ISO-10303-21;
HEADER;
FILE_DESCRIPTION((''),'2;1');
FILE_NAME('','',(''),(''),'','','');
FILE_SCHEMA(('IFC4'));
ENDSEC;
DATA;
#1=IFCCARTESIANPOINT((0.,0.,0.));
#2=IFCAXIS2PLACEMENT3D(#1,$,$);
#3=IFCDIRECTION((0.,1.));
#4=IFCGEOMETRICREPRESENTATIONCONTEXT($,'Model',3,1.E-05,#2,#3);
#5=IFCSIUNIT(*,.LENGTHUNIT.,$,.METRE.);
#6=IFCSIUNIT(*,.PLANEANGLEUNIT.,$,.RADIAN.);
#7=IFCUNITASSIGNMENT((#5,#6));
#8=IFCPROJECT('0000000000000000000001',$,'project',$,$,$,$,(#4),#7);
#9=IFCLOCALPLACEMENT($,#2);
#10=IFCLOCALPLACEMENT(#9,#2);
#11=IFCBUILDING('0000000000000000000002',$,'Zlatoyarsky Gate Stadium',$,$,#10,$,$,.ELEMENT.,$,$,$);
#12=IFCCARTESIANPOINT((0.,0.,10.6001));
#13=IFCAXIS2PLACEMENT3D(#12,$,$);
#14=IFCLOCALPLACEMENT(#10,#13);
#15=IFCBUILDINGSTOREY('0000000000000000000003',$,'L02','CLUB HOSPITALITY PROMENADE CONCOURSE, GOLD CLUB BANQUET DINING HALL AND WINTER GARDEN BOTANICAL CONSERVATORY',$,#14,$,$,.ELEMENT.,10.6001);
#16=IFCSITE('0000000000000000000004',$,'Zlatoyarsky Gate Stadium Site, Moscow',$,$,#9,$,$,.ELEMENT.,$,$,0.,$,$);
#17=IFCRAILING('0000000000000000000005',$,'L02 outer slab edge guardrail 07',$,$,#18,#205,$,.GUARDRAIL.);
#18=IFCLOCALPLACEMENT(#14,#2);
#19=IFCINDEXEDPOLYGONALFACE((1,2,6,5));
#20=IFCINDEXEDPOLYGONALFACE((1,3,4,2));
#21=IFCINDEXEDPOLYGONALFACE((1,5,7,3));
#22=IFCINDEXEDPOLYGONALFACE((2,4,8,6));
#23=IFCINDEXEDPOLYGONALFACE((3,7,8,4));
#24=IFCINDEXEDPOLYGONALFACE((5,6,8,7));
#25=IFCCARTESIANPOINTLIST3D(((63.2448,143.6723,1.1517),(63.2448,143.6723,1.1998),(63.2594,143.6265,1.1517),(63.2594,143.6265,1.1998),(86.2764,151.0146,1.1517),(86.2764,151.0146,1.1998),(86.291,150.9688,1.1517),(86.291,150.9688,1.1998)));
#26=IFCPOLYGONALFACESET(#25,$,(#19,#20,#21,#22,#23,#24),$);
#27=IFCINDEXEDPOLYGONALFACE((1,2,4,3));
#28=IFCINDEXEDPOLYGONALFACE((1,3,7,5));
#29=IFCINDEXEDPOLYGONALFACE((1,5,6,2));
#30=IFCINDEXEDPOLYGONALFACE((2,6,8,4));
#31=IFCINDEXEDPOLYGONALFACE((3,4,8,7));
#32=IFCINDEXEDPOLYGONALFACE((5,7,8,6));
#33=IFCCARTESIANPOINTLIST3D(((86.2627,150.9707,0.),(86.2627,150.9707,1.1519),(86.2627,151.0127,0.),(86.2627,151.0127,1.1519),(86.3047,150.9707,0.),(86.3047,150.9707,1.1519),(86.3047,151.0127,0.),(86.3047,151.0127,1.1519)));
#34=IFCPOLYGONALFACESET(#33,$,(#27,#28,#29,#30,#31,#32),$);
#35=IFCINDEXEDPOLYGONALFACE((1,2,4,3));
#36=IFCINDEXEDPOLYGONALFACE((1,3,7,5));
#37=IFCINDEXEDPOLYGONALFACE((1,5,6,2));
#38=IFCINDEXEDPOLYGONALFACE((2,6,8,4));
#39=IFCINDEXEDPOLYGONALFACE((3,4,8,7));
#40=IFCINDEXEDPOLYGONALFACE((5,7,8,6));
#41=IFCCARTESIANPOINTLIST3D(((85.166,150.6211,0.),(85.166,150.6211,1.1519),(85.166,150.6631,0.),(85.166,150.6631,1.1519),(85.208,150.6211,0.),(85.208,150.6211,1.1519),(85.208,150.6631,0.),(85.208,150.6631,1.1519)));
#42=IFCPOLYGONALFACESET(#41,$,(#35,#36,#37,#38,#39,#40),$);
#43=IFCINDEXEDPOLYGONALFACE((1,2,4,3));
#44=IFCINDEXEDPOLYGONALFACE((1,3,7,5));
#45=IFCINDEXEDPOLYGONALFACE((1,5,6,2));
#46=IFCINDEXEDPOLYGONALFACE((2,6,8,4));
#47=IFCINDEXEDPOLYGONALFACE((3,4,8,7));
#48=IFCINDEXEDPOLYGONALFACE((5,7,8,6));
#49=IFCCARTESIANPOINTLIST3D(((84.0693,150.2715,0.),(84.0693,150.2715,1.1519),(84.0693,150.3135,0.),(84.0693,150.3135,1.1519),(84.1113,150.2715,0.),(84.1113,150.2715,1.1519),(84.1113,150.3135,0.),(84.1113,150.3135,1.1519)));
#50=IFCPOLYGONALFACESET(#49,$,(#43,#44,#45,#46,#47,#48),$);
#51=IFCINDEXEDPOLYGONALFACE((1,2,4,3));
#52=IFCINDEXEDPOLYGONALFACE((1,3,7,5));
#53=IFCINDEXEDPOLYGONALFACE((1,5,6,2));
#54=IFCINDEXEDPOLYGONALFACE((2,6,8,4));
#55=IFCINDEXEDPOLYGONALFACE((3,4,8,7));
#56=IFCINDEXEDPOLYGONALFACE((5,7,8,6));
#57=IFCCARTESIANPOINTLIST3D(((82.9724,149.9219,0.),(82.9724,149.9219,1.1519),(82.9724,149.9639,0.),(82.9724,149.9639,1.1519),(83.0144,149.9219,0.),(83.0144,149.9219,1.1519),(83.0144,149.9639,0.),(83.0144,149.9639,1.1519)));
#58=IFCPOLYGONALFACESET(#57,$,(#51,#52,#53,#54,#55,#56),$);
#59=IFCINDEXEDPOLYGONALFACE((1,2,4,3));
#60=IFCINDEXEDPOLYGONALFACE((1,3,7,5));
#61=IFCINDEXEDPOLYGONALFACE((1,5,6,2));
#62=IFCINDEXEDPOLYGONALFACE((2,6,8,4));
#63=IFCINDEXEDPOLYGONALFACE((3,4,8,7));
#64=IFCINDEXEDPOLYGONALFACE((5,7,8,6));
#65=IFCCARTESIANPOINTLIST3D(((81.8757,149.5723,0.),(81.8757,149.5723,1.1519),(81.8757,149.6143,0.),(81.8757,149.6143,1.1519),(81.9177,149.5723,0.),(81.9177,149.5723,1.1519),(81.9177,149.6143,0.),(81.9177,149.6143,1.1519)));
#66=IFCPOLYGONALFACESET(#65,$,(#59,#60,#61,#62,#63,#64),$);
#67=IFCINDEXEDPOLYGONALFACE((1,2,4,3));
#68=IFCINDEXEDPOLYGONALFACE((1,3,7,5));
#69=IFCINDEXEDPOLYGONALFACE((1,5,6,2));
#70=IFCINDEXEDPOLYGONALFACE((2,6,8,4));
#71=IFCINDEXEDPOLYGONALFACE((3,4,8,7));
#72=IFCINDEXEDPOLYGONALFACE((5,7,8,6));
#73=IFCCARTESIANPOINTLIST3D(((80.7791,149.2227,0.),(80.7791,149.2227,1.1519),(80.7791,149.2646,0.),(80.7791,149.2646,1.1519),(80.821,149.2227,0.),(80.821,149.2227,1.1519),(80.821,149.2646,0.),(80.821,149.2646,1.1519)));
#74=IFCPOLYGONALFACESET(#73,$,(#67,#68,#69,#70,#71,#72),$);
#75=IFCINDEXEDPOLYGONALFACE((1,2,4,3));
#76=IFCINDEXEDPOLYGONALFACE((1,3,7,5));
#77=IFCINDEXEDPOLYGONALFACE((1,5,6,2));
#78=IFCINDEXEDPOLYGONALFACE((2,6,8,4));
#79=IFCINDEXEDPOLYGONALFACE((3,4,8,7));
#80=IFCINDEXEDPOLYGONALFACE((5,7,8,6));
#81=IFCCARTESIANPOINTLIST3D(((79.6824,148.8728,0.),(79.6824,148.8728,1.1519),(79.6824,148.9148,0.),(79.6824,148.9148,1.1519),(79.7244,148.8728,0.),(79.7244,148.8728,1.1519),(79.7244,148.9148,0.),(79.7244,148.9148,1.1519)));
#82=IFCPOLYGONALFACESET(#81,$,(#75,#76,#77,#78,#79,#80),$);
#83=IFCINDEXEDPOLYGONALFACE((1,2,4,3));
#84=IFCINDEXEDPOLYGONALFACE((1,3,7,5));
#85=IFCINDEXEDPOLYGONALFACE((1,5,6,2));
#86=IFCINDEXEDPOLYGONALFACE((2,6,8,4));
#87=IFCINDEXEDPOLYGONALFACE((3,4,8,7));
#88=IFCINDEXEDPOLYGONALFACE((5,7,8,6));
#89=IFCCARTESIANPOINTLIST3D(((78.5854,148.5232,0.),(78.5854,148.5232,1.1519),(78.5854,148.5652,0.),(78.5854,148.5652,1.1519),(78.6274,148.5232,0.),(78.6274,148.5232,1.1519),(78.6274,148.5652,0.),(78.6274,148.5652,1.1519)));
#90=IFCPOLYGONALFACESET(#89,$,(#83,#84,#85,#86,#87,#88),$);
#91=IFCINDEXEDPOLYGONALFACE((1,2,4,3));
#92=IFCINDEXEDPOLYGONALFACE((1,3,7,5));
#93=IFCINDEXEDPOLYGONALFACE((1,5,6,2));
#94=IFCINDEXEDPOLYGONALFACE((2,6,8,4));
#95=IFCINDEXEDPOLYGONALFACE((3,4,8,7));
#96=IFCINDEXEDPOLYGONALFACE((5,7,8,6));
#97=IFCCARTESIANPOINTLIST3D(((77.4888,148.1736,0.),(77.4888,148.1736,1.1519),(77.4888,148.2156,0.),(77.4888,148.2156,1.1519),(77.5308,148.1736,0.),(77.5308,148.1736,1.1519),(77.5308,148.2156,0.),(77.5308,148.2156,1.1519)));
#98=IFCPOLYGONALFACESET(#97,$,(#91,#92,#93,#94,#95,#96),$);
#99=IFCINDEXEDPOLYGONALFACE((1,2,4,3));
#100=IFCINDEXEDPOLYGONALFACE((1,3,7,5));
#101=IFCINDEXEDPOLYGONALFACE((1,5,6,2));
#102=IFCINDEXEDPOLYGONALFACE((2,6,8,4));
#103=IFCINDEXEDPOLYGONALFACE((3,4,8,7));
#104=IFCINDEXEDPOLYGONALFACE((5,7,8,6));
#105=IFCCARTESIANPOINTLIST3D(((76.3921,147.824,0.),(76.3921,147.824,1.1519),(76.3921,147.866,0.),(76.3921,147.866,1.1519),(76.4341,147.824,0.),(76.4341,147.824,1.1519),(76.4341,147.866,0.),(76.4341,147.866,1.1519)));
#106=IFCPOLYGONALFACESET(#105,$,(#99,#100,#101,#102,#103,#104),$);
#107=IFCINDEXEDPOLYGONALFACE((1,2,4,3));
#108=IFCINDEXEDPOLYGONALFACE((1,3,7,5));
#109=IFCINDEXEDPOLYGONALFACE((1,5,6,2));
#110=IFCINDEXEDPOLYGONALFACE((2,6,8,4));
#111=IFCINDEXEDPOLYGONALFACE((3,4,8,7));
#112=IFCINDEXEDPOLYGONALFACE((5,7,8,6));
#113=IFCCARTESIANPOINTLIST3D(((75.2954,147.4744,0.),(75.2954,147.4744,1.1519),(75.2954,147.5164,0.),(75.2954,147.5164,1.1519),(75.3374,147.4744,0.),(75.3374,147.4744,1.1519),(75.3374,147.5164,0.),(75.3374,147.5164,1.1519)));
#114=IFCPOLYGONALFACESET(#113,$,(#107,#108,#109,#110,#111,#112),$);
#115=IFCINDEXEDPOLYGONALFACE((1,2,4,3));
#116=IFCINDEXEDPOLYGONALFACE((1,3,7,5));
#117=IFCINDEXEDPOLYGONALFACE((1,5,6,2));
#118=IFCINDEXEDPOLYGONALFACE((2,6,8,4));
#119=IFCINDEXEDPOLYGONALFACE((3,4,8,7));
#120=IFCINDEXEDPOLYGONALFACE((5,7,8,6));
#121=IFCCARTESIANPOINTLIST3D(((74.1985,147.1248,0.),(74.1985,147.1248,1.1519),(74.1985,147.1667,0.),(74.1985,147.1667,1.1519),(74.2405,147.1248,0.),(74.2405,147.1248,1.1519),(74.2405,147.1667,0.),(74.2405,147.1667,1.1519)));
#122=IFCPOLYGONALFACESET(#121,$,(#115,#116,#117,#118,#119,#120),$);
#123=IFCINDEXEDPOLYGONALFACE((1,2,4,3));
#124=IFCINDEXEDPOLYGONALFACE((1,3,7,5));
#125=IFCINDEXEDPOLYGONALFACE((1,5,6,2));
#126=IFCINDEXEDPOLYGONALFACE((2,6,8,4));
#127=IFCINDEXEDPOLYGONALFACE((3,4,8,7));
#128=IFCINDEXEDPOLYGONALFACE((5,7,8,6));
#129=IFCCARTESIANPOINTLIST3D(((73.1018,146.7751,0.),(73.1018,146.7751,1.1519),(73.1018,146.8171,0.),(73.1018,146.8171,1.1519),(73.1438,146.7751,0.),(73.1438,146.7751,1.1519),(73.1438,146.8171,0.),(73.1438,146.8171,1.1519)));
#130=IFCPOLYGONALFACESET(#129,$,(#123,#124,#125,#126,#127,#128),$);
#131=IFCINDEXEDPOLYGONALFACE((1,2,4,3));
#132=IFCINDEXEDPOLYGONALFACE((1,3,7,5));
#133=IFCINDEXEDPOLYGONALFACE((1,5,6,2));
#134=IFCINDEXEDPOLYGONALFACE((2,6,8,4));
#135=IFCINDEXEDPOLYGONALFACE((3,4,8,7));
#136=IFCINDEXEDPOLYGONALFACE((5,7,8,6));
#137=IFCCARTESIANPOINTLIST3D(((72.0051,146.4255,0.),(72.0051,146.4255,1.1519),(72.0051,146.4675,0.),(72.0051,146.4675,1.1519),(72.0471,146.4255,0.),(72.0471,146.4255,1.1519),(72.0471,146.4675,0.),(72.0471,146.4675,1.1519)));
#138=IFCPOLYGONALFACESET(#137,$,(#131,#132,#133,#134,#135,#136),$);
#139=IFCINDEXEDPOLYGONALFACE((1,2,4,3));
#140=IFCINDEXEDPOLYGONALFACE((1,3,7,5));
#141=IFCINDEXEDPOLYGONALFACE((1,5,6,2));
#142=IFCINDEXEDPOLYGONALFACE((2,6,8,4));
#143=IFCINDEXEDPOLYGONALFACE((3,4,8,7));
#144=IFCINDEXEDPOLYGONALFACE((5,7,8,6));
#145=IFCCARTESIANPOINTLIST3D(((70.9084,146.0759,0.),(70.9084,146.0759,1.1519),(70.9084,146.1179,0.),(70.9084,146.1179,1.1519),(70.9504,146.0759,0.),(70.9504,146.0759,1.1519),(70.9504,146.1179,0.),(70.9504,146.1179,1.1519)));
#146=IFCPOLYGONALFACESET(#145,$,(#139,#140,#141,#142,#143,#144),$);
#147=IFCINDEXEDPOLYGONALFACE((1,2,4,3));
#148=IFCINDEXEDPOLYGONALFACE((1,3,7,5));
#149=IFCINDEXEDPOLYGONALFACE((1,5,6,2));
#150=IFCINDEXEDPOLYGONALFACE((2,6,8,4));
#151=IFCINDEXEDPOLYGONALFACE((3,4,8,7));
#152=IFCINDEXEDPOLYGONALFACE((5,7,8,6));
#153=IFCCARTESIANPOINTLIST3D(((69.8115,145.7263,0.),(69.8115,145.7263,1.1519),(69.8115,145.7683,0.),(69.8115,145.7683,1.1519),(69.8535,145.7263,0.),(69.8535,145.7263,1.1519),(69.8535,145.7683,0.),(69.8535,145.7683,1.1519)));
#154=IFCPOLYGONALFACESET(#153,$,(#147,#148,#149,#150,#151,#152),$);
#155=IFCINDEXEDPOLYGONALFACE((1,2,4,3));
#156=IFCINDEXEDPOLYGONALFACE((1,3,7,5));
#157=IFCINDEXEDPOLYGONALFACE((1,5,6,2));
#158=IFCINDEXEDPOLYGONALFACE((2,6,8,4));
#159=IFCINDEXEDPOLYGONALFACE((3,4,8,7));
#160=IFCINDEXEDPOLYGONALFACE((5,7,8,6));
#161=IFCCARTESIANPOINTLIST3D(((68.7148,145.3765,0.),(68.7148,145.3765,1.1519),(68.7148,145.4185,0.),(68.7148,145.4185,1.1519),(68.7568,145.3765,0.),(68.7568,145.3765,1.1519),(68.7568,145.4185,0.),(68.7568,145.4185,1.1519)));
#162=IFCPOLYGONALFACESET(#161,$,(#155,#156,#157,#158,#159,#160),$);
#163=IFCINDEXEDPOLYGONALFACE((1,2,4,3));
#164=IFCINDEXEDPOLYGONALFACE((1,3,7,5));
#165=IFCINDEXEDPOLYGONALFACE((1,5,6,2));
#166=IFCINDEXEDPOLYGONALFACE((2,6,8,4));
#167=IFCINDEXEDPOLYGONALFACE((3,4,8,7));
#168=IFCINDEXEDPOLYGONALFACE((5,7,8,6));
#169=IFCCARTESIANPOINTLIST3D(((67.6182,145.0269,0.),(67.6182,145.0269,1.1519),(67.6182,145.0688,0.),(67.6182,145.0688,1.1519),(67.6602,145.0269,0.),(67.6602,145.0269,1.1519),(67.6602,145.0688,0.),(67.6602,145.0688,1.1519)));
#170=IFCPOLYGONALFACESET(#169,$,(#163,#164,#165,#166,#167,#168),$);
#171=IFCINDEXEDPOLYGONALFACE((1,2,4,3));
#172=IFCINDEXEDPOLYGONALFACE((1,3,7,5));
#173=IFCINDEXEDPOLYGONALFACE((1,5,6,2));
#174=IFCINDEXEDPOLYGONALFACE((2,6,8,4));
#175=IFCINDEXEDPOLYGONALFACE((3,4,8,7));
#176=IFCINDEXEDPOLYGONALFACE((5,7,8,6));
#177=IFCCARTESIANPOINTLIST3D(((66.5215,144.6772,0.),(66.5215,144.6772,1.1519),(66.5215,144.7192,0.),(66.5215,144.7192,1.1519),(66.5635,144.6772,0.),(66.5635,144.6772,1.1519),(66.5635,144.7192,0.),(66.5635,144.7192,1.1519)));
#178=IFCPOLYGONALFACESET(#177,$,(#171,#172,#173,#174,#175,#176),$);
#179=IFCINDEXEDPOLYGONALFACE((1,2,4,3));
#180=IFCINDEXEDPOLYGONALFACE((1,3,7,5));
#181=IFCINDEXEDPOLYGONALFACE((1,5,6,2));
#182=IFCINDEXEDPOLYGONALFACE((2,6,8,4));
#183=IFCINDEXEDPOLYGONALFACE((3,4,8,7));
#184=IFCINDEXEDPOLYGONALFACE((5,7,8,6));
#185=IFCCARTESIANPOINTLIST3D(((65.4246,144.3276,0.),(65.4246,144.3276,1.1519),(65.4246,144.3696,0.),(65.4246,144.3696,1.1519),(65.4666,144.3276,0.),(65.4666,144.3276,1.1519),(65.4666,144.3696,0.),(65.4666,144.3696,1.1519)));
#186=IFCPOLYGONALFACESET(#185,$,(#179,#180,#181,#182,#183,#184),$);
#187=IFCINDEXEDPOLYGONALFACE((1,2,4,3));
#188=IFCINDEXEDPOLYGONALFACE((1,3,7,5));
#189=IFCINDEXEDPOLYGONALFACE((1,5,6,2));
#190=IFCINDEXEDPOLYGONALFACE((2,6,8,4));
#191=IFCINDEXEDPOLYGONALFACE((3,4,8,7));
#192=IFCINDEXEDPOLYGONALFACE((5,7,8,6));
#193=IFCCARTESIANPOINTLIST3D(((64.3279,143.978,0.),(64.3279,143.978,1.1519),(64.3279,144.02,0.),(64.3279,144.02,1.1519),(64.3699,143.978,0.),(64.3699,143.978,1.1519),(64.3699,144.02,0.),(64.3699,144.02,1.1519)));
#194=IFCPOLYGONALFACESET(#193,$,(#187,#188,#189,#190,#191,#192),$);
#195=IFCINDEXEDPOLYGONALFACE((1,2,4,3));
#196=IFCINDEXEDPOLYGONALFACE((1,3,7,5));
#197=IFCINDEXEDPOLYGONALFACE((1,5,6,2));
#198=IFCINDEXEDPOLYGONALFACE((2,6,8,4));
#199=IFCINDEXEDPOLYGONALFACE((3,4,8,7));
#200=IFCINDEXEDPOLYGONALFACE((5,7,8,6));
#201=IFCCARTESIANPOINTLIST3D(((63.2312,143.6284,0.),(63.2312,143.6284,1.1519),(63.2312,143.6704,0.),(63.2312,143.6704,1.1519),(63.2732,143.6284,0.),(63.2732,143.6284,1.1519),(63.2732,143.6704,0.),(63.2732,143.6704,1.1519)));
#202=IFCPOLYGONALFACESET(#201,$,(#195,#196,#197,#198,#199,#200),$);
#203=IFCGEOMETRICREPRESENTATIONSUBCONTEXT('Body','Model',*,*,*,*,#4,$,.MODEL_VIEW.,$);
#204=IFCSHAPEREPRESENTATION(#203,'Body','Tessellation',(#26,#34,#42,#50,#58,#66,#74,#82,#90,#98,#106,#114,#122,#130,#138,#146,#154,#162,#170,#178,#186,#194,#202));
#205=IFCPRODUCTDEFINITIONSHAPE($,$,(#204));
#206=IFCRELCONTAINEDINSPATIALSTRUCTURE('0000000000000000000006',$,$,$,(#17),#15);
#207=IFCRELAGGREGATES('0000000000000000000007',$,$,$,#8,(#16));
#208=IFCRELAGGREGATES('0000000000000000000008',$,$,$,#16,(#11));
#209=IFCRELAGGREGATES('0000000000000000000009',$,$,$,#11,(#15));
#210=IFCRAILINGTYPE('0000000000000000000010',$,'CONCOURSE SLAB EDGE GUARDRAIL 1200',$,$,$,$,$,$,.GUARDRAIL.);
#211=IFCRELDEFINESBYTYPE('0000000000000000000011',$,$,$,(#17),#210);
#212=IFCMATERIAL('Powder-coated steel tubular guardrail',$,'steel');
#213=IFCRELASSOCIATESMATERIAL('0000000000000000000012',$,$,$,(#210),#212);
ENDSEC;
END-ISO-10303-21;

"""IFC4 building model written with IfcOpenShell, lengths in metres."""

from ifc_helpers import new_model, si_unit, direction, frame, origin, origin_2d, place, context, subcontext, project, spatial, rectangle, extrude, material, type_object, element, save


model = new_model("IFC4")

# Units and contexts
model_context = context("Model", 3, precision=1e-05, world=origin(), true_north=direction((0.0, 1.0)))
body_context = subcontext(model_context, "Body", "Model", "MODEL_VIEW")
ifc_project = project(units=[si_unit("LENGTHUNIT", "METRE"), si_unit("PLANEANGLEUNIT", "RADIAN")], contexts=[model_context])

# Site, building, storey
site_placement = place(None, origin())
site = spatial("IfcSite", under=ifc_project, at=site_placement, Name="Zlatoyarsky Gate Stadium Site, Moscow", CompositionType="ELEMENT", RefElevation=0.0)
building_placement = place(site_placement, origin())
building = spatial("IfcBuilding", under=site, at=building_placement, Name="Zlatoyarsky Gate Stadium", CompositionType="ELEMENT")
storey_placement = place(building_placement, frame((0.0, 0.0, 10.6001)))
storey = spatial("IfcBuildingStorey", under=building, at=storey_placement, Name="L02", Description="CLUB HOSPITALITY PROMENADE CONCOURSE, GOLD CLUB BANQUET DINING HALL AND WINTER GARDEN BOTANICAL CONSERVATORY", CompositionType="ELEMENT", Elevation=10.6001)

# Railing
ifc_material_1 = material(Name="Powder-coated steel tubular guardrail", Category="steel")
railing_type = type_object("IfcRailingType", Name="CONCOURSE SLAB EDGE GUARDRAIL 1200", PredefinedType="GUARDRAIL", material=ifc_material_1)
railing_placement = place(storey_placement, frame((86.2837, 150.9917, 0.0)))
element("IfcRailing", 1, at=railing_placement, inside=storey, type_object=railing_type, Name="L02 outer slab edge guardrail 07", PredefinedType="GUARDRAIL", context=body_context, shape_type="SweptSolid", body=[
    extrude(rectangle(XDim=0.0481, YDim=0.0481, at=origin_2d()), frame((0.0, 0.0, 1.1758), z_axis=(-0.952757, -0.303733, 0.0), x_axis=(0.303733, -0.952757, 0.0)), (0.0, 0.0, 1.0), 24.1736),
    extrude(rectangle(XDim=0.042, YDim=0.042, at=origin_2d()), origin(), (0.0, 0.0, 1.0), 1.1519),
    extrude(rectangle(XDim=0.042, YDim=0.042, at=origin_2d()), frame((-1.0967, -0.3496, 0.0)), (0.0, 0.0, 1.0), 1.1519),
    extrude(rectangle(XDim=0.042, YDim=0.042, at=origin_2d()), frame((-2.1934, -0.6992, 0.0)), (0.0, 0.0, 1.0), 1.1519),
    extrude(rectangle(XDim=0.042, YDim=0.042, at=origin_2d()), frame((-3.2903, -1.0488, 0.0)), (0.0, 0.0, 1.0), 1.1519),
    extrude(rectangle(XDim=0.042, YDim=0.042, at=origin_2d()), frame((-4.387, -1.3984, 0.0)), (0.0, 0.0, 1.0), 1.1519),
    extrude(rectangle(XDim=0.042, YDim=0.042, at=origin_2d()), frame((-5.4836, -1.748, 0.0)), (0.0, 0.0, 1.0), 1.1519),
    extrude(rectangle(XDim=0.042, YDim=0.042, at=origin_2d()), frame((-6.5803, -2.0979, 0.0)), (0.0, 0.0, 1.0), 1.1519),
    extrude(rectangle(XDim=0.042, YDim=0.042, at=origin_2d()), frame((-7.6772, -2.4475, 0.0)), (0.0, 0.0, 1.0), 1.1519),
    extrude(rectangle(XDim=0.042, YDim=0.042, at=origin_2d()), frame((-8.7739, -2.7971, 0.0)), (0.0, 0.0, 1.0), 1.1519),
    extrude(rectangle(XDim=0.042, YDim=0.042, at=origin_2d()), frame((-9.8706, -3.1467, 0.0)), (0.0, 0.0, 1.0), 1.1519),
    extrude(rectangle(XDim=0.042, YDim=0.042, at=origin_2d()), frame((-10.9673, -3.4963, 0.0)), (0.0, 0.0, 1.0), 1.1519),
    extrude(rectangle(XDim=0.042, YDim=0.042, at=origin_2d()), frame((-12.0642, -3.8459, 0.0)), (0.0, 0.0, 1.0), 1.1519),
    extrude(rectangle(XDim=0.042, YDim=0.042, at=origin_2d()), frame((-13.1609, -4.1956, 0.0)), (0.0, 0.0, 1.0), 1.1519),
    extrude(rectangle(XDim=0.042, YDim=0.042, at=origin_2d()), frame((-14.2576, -4.5452, 0.0)), (0.0, 0.0, 1.0), 1.1519),
    extrude(rectangle(XDim=0.042, YDim=0.042, at=origin_2d()), frame((-15.3542, -4.8948, 0.0)), (0.0, 0.0, 1.0), 1.1519),
    extrude(rectangle(XDim=0.042, YDim=0.042, at=origin_2d()), frame((-16.4512, -5.2444, 0.0)), (0.0, 0.0, 1.0), 1.1519),
    extrude(rectangle(XDim=0.042, YDim=0.042, at=origin_2d()), frame((-17.5479, -5.5942, 0.0)), (0.0, 0.0, 1.0), 1.1519),
    extrude(rectangle(XDim=0.042, YDim=0.042, at=origin_2d()), frame((-18.6445, -5.9438, 0.0)), (0.0, 0.0, 1.0), 1.1519),
    extrude(rectangle(XDim=0.042, YDim=0.042, at=origin_2d()), frame((-19.7412, -6.2935, 0.0)), (0.0, 0.0, 1.0), 1.1519),
    extrude(rectangle(XDim=0.042, YDim=0.042, at=origin_2d()), frame((-20.8381, -6.6431, 0.0)), (0.0, 0.0, 1.0), 1.1519),
    extrude(rectangle(XDim=0.042, YDim=0.042, at=origin_2d()), frame((-21.9348, -6.9927, 0.0)), (0.0, 0.0, 1.0), 1.1519),
    extrude(rectangle(XDim=0.042, YDim=0.042, at=origin_2d()), frame((-23.0315, -7.3423, 0.0)), (0.0, 0.0, 1.0), 1.1519),
])

save(model, "model.ifc")
